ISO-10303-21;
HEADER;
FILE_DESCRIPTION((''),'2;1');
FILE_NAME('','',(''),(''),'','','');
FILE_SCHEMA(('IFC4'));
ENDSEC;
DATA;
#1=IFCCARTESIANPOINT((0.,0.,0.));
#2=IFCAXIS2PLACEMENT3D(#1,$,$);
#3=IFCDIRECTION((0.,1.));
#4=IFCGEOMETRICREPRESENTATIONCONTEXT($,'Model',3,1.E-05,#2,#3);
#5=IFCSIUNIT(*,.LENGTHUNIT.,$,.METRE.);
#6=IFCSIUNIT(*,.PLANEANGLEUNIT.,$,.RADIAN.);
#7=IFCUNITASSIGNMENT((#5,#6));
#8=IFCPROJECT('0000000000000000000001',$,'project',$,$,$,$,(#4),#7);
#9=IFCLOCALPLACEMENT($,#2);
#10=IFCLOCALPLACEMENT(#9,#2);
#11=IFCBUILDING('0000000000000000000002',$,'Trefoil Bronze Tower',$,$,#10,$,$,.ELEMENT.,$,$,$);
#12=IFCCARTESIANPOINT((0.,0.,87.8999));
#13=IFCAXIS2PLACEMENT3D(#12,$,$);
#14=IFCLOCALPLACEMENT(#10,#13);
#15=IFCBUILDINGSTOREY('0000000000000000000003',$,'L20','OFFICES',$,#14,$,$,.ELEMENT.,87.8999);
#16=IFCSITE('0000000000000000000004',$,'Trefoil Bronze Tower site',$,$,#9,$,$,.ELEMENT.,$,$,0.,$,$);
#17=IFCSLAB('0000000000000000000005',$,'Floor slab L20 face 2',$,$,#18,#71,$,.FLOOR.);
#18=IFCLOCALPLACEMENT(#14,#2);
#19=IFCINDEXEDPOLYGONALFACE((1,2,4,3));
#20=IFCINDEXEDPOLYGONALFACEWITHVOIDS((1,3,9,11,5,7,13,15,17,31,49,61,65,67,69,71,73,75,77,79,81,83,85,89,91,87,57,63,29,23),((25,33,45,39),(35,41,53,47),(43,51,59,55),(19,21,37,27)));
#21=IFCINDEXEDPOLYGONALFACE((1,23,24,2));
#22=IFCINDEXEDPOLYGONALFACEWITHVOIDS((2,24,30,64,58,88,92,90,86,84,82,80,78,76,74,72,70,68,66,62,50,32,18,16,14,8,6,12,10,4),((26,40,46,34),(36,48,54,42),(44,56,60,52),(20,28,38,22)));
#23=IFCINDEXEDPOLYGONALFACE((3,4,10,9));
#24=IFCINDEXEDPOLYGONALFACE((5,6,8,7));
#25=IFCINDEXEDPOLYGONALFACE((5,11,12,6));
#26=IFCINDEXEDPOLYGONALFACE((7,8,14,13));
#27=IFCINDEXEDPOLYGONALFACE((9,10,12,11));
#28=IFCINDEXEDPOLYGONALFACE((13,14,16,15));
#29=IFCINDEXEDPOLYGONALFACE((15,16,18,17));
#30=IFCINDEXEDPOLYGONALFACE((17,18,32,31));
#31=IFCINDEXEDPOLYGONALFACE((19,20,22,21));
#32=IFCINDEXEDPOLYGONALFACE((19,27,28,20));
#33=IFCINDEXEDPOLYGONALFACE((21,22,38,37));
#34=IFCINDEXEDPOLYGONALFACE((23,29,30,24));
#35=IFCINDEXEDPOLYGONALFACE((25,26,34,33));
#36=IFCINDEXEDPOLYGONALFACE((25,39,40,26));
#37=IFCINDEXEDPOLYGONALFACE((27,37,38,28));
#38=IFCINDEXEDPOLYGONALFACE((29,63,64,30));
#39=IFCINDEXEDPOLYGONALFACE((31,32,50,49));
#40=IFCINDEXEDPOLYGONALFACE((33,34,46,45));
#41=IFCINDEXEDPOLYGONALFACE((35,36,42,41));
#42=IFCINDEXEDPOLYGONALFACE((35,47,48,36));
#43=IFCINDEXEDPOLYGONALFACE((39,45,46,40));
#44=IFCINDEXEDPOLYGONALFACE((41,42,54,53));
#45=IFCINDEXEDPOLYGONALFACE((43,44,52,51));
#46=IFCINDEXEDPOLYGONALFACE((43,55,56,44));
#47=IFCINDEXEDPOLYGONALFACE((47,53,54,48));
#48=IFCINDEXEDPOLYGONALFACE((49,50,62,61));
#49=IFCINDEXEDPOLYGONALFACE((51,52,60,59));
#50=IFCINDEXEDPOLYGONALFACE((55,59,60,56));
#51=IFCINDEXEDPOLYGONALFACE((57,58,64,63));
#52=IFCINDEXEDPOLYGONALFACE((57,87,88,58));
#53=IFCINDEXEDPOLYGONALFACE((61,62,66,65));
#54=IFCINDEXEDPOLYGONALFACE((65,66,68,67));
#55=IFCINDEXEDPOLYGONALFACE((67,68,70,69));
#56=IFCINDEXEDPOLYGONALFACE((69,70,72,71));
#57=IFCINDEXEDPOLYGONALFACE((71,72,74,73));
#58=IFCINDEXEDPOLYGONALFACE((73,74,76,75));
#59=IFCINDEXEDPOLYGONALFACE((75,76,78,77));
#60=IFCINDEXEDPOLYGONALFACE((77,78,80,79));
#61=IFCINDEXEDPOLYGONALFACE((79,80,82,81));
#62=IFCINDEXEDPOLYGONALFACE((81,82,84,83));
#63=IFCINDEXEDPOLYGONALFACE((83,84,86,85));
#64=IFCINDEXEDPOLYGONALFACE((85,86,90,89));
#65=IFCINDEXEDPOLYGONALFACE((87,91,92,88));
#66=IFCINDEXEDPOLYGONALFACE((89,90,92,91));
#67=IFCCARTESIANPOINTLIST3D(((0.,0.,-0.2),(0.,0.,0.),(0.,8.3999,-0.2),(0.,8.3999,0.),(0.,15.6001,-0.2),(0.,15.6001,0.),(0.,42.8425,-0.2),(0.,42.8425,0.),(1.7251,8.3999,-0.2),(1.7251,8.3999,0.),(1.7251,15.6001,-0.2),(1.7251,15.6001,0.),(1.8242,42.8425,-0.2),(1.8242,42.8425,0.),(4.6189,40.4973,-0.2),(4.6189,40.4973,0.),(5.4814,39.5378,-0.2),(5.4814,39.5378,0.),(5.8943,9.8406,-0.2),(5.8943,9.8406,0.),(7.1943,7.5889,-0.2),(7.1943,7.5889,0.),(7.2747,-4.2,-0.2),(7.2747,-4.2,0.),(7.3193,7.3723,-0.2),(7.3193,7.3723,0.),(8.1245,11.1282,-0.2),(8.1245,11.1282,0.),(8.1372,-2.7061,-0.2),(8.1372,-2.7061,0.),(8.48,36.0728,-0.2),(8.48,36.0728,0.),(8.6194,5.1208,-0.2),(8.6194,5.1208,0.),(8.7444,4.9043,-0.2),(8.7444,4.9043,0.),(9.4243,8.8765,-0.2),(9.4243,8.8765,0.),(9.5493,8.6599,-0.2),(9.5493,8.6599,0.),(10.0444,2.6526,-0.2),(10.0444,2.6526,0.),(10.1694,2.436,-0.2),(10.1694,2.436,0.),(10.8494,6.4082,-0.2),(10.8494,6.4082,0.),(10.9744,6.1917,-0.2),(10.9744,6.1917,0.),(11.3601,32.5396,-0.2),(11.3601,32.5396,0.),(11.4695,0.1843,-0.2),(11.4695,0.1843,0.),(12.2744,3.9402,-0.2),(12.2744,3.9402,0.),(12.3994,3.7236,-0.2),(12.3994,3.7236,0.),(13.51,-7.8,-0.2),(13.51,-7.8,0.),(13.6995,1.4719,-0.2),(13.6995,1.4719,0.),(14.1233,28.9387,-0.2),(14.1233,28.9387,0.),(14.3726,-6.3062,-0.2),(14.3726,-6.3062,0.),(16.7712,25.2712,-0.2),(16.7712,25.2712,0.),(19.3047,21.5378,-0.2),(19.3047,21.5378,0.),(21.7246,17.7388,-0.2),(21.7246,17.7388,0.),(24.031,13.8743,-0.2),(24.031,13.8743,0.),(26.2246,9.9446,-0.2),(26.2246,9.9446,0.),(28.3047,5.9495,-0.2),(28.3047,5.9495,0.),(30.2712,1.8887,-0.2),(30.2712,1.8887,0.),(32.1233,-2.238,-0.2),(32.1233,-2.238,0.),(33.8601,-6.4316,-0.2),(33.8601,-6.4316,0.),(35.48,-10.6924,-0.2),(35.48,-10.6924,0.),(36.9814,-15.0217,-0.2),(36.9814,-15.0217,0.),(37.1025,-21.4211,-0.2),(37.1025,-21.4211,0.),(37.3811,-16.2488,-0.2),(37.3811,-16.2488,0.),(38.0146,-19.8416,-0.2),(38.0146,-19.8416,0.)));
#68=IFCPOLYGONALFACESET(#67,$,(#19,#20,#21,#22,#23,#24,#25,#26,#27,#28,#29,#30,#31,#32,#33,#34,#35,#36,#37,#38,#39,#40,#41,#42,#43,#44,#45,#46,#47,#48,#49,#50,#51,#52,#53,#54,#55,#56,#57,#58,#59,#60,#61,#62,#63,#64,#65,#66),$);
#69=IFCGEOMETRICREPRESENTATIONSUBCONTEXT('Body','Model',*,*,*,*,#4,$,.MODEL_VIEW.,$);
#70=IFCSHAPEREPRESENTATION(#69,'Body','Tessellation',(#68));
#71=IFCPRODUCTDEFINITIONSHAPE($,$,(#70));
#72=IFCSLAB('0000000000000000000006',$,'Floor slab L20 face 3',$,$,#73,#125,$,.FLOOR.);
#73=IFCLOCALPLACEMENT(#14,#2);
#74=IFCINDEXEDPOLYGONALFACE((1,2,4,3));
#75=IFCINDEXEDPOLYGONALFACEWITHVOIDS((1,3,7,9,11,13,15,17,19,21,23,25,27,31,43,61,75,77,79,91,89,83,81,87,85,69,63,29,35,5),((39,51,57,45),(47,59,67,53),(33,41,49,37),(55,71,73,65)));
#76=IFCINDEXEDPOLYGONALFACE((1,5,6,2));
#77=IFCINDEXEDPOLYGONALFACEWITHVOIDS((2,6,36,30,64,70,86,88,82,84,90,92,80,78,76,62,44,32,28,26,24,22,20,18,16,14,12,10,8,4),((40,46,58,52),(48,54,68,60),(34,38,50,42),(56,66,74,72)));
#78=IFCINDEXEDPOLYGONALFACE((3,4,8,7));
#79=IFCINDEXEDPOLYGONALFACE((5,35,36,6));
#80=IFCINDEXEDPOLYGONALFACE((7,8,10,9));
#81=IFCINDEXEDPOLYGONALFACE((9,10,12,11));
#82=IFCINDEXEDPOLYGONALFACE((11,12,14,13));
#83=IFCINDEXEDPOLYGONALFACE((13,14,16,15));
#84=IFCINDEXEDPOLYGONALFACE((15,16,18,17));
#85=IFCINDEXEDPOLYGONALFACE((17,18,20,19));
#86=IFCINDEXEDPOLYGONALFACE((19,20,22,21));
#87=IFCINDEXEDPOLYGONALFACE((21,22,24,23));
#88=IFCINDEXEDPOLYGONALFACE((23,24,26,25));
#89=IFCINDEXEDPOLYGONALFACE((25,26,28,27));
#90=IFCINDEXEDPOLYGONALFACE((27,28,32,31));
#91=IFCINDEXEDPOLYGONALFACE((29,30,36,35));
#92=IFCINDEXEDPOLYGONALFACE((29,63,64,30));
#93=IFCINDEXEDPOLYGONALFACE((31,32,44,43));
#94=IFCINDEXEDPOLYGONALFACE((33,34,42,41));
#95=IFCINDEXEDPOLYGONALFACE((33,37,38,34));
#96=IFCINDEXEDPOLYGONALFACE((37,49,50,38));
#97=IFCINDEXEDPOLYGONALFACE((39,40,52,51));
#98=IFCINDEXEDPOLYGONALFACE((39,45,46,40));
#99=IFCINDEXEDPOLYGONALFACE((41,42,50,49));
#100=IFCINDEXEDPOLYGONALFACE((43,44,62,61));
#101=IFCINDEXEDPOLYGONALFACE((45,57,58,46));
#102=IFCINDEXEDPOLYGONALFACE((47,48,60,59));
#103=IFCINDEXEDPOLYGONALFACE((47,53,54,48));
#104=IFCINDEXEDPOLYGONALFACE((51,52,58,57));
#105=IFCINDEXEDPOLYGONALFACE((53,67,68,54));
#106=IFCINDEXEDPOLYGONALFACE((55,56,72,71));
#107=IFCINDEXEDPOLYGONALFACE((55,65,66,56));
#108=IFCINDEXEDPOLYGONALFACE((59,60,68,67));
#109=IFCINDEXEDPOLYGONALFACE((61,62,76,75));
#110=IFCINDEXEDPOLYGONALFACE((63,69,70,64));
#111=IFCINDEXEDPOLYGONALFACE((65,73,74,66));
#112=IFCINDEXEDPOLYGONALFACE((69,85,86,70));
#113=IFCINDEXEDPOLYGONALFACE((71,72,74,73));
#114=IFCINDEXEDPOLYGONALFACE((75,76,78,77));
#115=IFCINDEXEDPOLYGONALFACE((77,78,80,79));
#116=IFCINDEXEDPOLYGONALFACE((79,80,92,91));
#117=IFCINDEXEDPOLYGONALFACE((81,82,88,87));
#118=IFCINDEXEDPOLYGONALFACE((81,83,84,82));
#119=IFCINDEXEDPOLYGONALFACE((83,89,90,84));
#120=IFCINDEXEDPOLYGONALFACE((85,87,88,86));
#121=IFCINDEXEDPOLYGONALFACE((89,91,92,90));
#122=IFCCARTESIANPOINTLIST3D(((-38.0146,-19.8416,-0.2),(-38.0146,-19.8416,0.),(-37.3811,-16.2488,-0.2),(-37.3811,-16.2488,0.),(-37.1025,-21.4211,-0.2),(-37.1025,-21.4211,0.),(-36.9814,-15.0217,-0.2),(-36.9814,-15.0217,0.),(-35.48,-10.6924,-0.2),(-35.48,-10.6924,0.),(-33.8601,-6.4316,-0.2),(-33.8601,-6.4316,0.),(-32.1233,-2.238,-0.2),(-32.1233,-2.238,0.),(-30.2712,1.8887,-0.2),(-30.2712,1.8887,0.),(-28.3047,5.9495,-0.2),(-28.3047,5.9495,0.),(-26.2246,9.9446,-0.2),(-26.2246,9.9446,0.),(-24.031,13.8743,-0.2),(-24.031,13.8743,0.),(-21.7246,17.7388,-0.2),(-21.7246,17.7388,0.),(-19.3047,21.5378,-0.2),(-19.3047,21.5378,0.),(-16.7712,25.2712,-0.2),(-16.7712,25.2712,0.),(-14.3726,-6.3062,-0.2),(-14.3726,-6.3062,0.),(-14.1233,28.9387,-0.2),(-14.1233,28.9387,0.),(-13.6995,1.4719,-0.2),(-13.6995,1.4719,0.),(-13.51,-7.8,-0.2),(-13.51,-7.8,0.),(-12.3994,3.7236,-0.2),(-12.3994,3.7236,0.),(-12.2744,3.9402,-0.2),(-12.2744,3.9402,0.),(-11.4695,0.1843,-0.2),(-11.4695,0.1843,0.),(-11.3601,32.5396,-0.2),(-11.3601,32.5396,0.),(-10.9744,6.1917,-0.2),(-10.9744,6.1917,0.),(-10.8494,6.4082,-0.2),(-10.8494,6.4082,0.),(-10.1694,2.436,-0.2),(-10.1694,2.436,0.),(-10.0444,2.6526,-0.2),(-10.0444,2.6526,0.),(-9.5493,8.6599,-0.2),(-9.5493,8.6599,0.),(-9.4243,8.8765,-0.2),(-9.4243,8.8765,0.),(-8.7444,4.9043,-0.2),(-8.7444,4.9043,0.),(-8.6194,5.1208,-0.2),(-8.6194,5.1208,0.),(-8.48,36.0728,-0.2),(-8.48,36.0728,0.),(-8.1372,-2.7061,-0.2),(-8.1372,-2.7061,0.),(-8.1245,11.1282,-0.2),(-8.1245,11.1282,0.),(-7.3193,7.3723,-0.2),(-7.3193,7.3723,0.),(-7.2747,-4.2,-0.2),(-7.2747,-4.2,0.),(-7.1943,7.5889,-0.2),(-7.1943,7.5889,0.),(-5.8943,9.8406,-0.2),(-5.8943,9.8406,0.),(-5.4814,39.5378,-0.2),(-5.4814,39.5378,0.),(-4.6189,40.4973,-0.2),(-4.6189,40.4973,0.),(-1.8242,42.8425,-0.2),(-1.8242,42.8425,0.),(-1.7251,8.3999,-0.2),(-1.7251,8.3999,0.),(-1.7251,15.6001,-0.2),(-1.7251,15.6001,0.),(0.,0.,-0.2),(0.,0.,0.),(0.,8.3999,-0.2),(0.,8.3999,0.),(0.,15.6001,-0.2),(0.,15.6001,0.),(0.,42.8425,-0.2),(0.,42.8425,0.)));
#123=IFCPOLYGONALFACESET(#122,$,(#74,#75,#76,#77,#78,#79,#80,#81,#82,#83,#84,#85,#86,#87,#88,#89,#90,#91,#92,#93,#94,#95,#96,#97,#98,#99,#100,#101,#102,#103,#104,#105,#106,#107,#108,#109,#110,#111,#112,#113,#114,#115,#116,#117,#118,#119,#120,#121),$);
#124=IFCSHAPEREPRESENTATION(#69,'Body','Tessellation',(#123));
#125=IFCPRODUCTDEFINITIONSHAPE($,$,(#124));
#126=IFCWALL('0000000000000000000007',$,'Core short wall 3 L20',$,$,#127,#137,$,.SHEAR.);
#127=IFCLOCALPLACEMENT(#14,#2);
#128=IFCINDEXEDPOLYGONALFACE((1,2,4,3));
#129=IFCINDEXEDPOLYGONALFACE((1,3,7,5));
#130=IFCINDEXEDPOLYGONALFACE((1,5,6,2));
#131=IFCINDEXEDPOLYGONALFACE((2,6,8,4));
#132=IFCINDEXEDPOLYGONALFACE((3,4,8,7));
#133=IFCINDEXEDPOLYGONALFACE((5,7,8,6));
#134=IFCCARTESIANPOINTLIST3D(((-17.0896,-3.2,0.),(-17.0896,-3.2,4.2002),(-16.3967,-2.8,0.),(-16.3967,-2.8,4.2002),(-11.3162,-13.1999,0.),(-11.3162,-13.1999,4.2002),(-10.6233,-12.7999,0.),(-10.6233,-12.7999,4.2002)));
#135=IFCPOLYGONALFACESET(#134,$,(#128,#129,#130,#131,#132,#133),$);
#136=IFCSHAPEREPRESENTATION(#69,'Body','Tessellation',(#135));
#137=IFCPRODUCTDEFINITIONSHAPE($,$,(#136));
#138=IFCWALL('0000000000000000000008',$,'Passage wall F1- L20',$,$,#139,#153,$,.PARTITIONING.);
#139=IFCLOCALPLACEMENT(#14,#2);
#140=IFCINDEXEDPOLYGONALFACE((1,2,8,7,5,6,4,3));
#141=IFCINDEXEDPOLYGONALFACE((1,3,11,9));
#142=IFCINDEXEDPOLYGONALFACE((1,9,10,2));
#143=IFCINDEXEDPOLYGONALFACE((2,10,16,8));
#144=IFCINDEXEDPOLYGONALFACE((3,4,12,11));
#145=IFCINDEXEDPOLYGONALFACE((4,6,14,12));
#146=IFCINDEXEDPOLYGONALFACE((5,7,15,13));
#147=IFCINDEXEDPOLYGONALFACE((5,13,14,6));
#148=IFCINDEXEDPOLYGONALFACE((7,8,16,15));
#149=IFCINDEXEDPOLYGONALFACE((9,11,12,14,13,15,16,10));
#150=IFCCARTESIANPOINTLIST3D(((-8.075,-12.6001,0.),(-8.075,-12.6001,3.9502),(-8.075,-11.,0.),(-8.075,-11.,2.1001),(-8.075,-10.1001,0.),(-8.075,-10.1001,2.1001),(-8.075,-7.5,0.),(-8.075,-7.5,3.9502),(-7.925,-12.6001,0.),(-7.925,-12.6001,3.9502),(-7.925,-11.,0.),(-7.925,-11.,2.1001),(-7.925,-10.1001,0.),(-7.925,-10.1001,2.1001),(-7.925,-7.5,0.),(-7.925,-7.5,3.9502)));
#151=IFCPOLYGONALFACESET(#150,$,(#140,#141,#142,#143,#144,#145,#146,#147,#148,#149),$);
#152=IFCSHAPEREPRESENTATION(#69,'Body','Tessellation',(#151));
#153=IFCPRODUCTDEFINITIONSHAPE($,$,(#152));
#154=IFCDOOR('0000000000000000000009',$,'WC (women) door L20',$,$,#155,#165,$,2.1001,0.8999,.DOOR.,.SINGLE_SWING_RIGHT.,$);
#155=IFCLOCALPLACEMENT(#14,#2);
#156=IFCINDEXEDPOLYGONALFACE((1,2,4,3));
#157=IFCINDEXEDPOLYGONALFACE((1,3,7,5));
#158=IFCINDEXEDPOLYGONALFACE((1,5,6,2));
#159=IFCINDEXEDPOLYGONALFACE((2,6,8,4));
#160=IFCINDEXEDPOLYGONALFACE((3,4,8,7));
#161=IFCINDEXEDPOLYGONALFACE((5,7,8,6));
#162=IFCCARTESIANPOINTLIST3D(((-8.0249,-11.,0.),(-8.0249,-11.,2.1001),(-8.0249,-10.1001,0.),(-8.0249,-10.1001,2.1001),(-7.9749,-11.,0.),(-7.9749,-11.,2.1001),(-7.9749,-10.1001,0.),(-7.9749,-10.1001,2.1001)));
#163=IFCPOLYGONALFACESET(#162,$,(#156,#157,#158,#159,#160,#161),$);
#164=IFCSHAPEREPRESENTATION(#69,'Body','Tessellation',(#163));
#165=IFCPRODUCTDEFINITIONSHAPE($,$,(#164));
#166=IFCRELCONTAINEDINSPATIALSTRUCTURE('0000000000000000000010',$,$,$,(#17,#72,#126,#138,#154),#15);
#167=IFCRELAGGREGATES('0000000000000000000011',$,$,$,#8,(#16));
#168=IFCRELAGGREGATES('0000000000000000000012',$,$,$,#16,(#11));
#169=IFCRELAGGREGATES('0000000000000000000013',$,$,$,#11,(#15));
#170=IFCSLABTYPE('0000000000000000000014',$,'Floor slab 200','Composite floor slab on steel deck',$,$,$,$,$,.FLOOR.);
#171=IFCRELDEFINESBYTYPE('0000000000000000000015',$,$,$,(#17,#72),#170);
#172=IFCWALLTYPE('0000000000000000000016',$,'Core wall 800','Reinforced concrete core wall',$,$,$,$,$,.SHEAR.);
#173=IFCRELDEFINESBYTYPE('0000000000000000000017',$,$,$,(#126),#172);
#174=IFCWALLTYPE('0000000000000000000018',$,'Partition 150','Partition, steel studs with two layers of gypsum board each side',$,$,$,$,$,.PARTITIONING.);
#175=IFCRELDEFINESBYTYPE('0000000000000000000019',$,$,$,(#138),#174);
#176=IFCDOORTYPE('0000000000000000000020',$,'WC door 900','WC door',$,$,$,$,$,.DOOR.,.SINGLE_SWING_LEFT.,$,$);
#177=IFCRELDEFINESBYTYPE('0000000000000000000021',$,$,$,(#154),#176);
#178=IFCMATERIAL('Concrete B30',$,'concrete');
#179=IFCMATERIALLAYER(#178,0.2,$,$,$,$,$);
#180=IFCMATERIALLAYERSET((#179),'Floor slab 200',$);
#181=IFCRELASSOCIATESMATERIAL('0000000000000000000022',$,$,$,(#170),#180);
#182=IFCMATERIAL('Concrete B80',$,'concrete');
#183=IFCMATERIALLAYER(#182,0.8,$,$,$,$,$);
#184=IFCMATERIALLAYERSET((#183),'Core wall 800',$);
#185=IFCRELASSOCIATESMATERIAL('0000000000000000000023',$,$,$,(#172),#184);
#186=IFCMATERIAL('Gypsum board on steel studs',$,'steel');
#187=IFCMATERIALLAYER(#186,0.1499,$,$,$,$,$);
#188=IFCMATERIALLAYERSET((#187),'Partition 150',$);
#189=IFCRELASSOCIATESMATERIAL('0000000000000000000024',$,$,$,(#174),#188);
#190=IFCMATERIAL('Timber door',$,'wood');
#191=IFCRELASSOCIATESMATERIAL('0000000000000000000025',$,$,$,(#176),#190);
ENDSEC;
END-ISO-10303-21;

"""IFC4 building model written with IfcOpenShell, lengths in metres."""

from ifc_helpers import new_model, si_unit, direction, frame, frame_2d, origin, place, context, subcontext, project, spatial, polyline, rectangle, outline, extrude, material, layer, layer_set, type_object, element, fill, save


model = new_model("IFC4")

# Units and contexts
model_context = context("Model", 3, precision=1e-05, world=origin(), true_north=direction((0.0, 1.0)))
body_context = subcontext(model_context, "Body", "Model", "MODEL_VIEW")
ifc_project = project(units=[si_unit("LENGTHUNIT", "METRE"), si_unit("PLANEANGLEUNIT", "RADIAN")], contexts=[model_context])

# Site, building, storey
site_placement = place(None, origin())
site = spatial("IfcSite", under=ifc_project, at=site_placement, Name="Trefoil Bronze Tower site", CompositionType="ELEMENT", RefElevation=0.0)
building_placement = place(site_placement, origin())
building = spatial("IfcBuilding", under=site, at=building_placement, Name="Trefoil Bronze Tower", CompositionType="ELEMENT")
storey_placement = place(building_placement, frame((0.0, 0.0, 87.8999)))
storey = spatial("IfcBuildingStorey", under=building, at=storey_placement, Name="L20", Description="OFFICES", CompositionType="ELEMENT", Elevation=87.8999)

# Slabs
ifc_material_1 = material(Name="Concrete B30", Category="concrete")
ifc_layer_1 = layer(ifc_material_1, 0.2)
ifc_layer_set_1 = layer_set([ifc_layer_1], Name="Floor slab 200")
slab_type = type_object("IfcSlabType", Name="Floor slab 200", Description="Composite floor slab on steel deck", PredefinedType="FLOOR", material=ifc_layer_set_1)
slab_1_placement = place(storey_placement, frame((0.0, 0.0, -0.2)))
element("IfcSlab", 1, at=slab_1_placement, inside=storey, type_object=slab_type, Name="Floor slab L20 face 2", PredefinedType="FLOOR", context=body_context, shape_type="SweptSolid", body=[
    extrude(outline(polyline([(8.48, 36.0728), (11.3601, 32.5396), (14.1233, 28.9387), (16.7712, 25.2712), (19.3047, 21.5378), (21.7246, 17.7388), (24.031, 13.8743), (26.2246, 9.9446), (28.3047, 5.9495), (30.2712, 1.8887), (32.1233, -2.238), (33.8601, -6.4316), (35.48, -10.6924), (36.9814, -15.0217), (37.3811, -16.2488), (38.0146, -19.8416), (37.1025, -21.4211), (13.51, -7.8), (14.3726, -6.3062), (8.1372, -2.7061), (7.2747, -4.2), (0.0, 0.0), (0.0, 8.3999), (1.7251, 8.3999), (1.7251, 15.6001), (0.0, 15.6001), (0.0, 42.8425), (1.8242, 42.8425), (4.6189, 40.4973), (5.4814, 39.5378), (8.48, 36.0728)]), holes=[polyline([(11.4695, 0.1843), (10.1694, 2.436), (12.3994, 3.7236), (13.6995, 1.4719), (11.4695, 0.1843)]), polyline([(10.0444, 2.6526), (8.7444, 4.9043), (10.9744, 6.1917), (12.2744, 3.9402), (10.0444, 2.6526)]), polyline([(8.6194, 5.1208), (7.3193, 7.3723), (9.5493, 8.6599), (10.8494, 6.4082), (8.6194, 5.1208)]), polyline([(7.1943, 7.5889), (5.8943, 9.8406), (8.1245, 11.1282), (9.4243, 8.8765), (7.1943, 7.5889)])]), origin(), (0.0, 0.0, 1.0), 0.2),
])
slab_2_placement = place(storey_placement, frame((0.0, 0.0, -0.2)))
element("IfcSlab", 2, at=slab_2_placement, inside=storey, type_object=slab_type, Name="Floor slab L20 face 3", PredefinedType="FLOOR", context=body_context, shape_type="SweptSolid", body=[
    extrude(outline(polyline([(-35.48, -10.6924), (-33.8601, -6.4316), (-32.1233, -2.238), (-30.2712, 1.8887), (-28.3047, 5.9495), (-26.2246, 9.9446), (-24.031, 13.8743), (-21.7246, 17.7388), (-19.3047, 21.5378), (-16.7712, 25.2712), (-14.1233, 28.9387), (-11.3601, 32.5396), (-8.48, 36.0728), (-5.4814, 39.5378), (-4.6189, 40.4973), (-1.8242, 42.8425), (0.0, 42.8425), (0.0, 15.6001), (-1.7251, 15.6001), (-1.7251, 8.3999), (0.0, 8.3999), (0.0, 0.0), (-7.2747, -4.2), (-8.1372, -2.7061), (-14.3726, -6.3062), (-13.51, -7.8), (-37.1025, -21.4211), (-38.0146, -19.8416), (-37.3811, -16.2488), (-36.9814, -15.0217), (-35.48, -10.6924)]), holes=[polyline([(-5.8943, 9.8406), (-7.1943, 7.5889), (-9.4243, 8.8765), (-8.1245, 11.1282), (-5.8943, 9.8406)]), polyline([(-7.3193, 7.3723), (-8.6194, 5.1208), (-10.8494, 6.4082), (-9.5493, 8.6599), (-7.3193, 7.3723)]), polyline([(-8.7444, 4.9043), (-10.0444, 2.6526), (-12.2744, 3.9402), (-10.9744, 6.1917), (-8.7444, 4.9043)]), polyline([(-10.1694, 2.436), (-11.4695, 0.1843), (-13.6995, 1.4719), (-12.3994, 3.7236), (-10.1694, 2.436)])]), origin(), (0.0, 0.0, 1.0), 0.2),
])

# Wall
ifc_material_2 = material(Name="Concrete B80", Category="concrete")
ifc_layer_2 = layer(ifc_material_2, 0.8)
ifc_layer_set_2 = layer_set([ifc_layer_2], Name="Core wall 800")
wall_type_1 = type_object("IfcWallType", Name="Core wall 800", Description="Reinforced concrete core wall", PredefinedType="SHEAR", material=ifc_layer_set_2)
wall_1_placement = place(storey_placement, frame((-16.7432, -3.0, 0.0), z_axis=(0.0, 0.0, 1.0), x_axis=(0.499996, -0.866028, 0.0)))
element("IfcWall", 3, at=wall_1_placement, inside=storey, type_object=wall_type_1, Name="Core short wall 3 L20", PredefinedType="SHEAR", context=body_context, shape_type="SweptSolid", body=[
    extrude(rectangle(XDim=11.5469, YDim=0.8, at=frame_2d((5.7734, 0.0))), origin(), (0.0, 0.0, 1.0), 4.2002),
])

# Wall, opening, door
ifc_material_3 = material(Name="Gypsum board on steel studs", Category="steel")
ifc_layer_3 = layer(ifc_material_3, 0.1499)
ifc_layer_set_3 = layer_set([ifc_layer_3], Name="Partition 150")
wall_type_2 = type_object("IfcWallType", Name="Partition 150", Description="Partition, steel studs with two layers of gypsum board each side", PredefinedType="PARTITIONING", material=ifc_layer_set_3)
wall_2_placement = place(storey_placement, frame((-8.0, -7.5, 0.0), z_axis=(0.0, 0.0, 1.0), x_axis=(0.0, -1.0, 0.0)))
wall_2 = element("IfcWall", 4, at=wall_2_placement, inside=storey, type_object=wall_type_2, Name="Passage wall F1- L20", PredefinedType="PARTITIONING", context=body_context, shape_type="SweptSolid", body=[
    extrude(rectangle(XDim=5.1001, YDim=0.1499, at=frame_2d((2.55, 0.0))), origin(), (0.0, 0.0, 1.0), 3.9502),
])
opening_1_placement = place(wall_2_placement, frame((2.6001, 0.0, 0.0)))
opening_1 = element("IfcOpeningElement", 5, at=opening_1_placement, cuts=wall_2, PredefinedType="OPENING", context=body_context, shape_type="SweptSolid", body=[
    extrude(rectangle(XDim=0.8999, YDim=2.1001, at=frame_2d((0.45, 1.05))), frame((0.0, 0.085, 0.0), z_axis=(0.0, -1.0, 0.0), x_axis=(1.0, 0.0, 0.0)), (0.0, 0.0, 1.0), 0.1699),
])
ifc_material_4 = material(Name="Timber door", Category="wood")
door_type_1 = type_object("IfcDoorType", Name="WC door 900", Description="WC door", OperationType="SINGLE_SWING_LEFT", PredefinedType="DOOR", material=ifc_material_4)
door_1_placement = place(opening_1_placement, frame((0.8999, 0.0, 0.0), z_axis=(0.0, 0.0, 1.0), x_axis=(-1.0, 0.0, 0.0)))
door_1 = element("IfcDoor", 6, at=door_1_placement, inside=storey, type_object=door_type_1, Name="WC (women) door L20", OperationType="SINGLE_SWING_RIGHT", OverallHeight=2.1001, OverallWidth=0.8999, PredefinedType="DOOR", context=body_context, shape_type="SweptSolid", body=[
    extrude(rectangle(XDim=0.8999, YDim=2.1001, at=frame_2d((0.45, 1.05))), frame((0.0, 0.0249, 0.0), z_axis=(0.0, -1.0, 0.0), x_axis=(1.0, 0.0, 0.0)), (0.0, 0.0, 1.0), 0.05),
])
fill(opening_1, door_1)

save(model, "model.ifc")
